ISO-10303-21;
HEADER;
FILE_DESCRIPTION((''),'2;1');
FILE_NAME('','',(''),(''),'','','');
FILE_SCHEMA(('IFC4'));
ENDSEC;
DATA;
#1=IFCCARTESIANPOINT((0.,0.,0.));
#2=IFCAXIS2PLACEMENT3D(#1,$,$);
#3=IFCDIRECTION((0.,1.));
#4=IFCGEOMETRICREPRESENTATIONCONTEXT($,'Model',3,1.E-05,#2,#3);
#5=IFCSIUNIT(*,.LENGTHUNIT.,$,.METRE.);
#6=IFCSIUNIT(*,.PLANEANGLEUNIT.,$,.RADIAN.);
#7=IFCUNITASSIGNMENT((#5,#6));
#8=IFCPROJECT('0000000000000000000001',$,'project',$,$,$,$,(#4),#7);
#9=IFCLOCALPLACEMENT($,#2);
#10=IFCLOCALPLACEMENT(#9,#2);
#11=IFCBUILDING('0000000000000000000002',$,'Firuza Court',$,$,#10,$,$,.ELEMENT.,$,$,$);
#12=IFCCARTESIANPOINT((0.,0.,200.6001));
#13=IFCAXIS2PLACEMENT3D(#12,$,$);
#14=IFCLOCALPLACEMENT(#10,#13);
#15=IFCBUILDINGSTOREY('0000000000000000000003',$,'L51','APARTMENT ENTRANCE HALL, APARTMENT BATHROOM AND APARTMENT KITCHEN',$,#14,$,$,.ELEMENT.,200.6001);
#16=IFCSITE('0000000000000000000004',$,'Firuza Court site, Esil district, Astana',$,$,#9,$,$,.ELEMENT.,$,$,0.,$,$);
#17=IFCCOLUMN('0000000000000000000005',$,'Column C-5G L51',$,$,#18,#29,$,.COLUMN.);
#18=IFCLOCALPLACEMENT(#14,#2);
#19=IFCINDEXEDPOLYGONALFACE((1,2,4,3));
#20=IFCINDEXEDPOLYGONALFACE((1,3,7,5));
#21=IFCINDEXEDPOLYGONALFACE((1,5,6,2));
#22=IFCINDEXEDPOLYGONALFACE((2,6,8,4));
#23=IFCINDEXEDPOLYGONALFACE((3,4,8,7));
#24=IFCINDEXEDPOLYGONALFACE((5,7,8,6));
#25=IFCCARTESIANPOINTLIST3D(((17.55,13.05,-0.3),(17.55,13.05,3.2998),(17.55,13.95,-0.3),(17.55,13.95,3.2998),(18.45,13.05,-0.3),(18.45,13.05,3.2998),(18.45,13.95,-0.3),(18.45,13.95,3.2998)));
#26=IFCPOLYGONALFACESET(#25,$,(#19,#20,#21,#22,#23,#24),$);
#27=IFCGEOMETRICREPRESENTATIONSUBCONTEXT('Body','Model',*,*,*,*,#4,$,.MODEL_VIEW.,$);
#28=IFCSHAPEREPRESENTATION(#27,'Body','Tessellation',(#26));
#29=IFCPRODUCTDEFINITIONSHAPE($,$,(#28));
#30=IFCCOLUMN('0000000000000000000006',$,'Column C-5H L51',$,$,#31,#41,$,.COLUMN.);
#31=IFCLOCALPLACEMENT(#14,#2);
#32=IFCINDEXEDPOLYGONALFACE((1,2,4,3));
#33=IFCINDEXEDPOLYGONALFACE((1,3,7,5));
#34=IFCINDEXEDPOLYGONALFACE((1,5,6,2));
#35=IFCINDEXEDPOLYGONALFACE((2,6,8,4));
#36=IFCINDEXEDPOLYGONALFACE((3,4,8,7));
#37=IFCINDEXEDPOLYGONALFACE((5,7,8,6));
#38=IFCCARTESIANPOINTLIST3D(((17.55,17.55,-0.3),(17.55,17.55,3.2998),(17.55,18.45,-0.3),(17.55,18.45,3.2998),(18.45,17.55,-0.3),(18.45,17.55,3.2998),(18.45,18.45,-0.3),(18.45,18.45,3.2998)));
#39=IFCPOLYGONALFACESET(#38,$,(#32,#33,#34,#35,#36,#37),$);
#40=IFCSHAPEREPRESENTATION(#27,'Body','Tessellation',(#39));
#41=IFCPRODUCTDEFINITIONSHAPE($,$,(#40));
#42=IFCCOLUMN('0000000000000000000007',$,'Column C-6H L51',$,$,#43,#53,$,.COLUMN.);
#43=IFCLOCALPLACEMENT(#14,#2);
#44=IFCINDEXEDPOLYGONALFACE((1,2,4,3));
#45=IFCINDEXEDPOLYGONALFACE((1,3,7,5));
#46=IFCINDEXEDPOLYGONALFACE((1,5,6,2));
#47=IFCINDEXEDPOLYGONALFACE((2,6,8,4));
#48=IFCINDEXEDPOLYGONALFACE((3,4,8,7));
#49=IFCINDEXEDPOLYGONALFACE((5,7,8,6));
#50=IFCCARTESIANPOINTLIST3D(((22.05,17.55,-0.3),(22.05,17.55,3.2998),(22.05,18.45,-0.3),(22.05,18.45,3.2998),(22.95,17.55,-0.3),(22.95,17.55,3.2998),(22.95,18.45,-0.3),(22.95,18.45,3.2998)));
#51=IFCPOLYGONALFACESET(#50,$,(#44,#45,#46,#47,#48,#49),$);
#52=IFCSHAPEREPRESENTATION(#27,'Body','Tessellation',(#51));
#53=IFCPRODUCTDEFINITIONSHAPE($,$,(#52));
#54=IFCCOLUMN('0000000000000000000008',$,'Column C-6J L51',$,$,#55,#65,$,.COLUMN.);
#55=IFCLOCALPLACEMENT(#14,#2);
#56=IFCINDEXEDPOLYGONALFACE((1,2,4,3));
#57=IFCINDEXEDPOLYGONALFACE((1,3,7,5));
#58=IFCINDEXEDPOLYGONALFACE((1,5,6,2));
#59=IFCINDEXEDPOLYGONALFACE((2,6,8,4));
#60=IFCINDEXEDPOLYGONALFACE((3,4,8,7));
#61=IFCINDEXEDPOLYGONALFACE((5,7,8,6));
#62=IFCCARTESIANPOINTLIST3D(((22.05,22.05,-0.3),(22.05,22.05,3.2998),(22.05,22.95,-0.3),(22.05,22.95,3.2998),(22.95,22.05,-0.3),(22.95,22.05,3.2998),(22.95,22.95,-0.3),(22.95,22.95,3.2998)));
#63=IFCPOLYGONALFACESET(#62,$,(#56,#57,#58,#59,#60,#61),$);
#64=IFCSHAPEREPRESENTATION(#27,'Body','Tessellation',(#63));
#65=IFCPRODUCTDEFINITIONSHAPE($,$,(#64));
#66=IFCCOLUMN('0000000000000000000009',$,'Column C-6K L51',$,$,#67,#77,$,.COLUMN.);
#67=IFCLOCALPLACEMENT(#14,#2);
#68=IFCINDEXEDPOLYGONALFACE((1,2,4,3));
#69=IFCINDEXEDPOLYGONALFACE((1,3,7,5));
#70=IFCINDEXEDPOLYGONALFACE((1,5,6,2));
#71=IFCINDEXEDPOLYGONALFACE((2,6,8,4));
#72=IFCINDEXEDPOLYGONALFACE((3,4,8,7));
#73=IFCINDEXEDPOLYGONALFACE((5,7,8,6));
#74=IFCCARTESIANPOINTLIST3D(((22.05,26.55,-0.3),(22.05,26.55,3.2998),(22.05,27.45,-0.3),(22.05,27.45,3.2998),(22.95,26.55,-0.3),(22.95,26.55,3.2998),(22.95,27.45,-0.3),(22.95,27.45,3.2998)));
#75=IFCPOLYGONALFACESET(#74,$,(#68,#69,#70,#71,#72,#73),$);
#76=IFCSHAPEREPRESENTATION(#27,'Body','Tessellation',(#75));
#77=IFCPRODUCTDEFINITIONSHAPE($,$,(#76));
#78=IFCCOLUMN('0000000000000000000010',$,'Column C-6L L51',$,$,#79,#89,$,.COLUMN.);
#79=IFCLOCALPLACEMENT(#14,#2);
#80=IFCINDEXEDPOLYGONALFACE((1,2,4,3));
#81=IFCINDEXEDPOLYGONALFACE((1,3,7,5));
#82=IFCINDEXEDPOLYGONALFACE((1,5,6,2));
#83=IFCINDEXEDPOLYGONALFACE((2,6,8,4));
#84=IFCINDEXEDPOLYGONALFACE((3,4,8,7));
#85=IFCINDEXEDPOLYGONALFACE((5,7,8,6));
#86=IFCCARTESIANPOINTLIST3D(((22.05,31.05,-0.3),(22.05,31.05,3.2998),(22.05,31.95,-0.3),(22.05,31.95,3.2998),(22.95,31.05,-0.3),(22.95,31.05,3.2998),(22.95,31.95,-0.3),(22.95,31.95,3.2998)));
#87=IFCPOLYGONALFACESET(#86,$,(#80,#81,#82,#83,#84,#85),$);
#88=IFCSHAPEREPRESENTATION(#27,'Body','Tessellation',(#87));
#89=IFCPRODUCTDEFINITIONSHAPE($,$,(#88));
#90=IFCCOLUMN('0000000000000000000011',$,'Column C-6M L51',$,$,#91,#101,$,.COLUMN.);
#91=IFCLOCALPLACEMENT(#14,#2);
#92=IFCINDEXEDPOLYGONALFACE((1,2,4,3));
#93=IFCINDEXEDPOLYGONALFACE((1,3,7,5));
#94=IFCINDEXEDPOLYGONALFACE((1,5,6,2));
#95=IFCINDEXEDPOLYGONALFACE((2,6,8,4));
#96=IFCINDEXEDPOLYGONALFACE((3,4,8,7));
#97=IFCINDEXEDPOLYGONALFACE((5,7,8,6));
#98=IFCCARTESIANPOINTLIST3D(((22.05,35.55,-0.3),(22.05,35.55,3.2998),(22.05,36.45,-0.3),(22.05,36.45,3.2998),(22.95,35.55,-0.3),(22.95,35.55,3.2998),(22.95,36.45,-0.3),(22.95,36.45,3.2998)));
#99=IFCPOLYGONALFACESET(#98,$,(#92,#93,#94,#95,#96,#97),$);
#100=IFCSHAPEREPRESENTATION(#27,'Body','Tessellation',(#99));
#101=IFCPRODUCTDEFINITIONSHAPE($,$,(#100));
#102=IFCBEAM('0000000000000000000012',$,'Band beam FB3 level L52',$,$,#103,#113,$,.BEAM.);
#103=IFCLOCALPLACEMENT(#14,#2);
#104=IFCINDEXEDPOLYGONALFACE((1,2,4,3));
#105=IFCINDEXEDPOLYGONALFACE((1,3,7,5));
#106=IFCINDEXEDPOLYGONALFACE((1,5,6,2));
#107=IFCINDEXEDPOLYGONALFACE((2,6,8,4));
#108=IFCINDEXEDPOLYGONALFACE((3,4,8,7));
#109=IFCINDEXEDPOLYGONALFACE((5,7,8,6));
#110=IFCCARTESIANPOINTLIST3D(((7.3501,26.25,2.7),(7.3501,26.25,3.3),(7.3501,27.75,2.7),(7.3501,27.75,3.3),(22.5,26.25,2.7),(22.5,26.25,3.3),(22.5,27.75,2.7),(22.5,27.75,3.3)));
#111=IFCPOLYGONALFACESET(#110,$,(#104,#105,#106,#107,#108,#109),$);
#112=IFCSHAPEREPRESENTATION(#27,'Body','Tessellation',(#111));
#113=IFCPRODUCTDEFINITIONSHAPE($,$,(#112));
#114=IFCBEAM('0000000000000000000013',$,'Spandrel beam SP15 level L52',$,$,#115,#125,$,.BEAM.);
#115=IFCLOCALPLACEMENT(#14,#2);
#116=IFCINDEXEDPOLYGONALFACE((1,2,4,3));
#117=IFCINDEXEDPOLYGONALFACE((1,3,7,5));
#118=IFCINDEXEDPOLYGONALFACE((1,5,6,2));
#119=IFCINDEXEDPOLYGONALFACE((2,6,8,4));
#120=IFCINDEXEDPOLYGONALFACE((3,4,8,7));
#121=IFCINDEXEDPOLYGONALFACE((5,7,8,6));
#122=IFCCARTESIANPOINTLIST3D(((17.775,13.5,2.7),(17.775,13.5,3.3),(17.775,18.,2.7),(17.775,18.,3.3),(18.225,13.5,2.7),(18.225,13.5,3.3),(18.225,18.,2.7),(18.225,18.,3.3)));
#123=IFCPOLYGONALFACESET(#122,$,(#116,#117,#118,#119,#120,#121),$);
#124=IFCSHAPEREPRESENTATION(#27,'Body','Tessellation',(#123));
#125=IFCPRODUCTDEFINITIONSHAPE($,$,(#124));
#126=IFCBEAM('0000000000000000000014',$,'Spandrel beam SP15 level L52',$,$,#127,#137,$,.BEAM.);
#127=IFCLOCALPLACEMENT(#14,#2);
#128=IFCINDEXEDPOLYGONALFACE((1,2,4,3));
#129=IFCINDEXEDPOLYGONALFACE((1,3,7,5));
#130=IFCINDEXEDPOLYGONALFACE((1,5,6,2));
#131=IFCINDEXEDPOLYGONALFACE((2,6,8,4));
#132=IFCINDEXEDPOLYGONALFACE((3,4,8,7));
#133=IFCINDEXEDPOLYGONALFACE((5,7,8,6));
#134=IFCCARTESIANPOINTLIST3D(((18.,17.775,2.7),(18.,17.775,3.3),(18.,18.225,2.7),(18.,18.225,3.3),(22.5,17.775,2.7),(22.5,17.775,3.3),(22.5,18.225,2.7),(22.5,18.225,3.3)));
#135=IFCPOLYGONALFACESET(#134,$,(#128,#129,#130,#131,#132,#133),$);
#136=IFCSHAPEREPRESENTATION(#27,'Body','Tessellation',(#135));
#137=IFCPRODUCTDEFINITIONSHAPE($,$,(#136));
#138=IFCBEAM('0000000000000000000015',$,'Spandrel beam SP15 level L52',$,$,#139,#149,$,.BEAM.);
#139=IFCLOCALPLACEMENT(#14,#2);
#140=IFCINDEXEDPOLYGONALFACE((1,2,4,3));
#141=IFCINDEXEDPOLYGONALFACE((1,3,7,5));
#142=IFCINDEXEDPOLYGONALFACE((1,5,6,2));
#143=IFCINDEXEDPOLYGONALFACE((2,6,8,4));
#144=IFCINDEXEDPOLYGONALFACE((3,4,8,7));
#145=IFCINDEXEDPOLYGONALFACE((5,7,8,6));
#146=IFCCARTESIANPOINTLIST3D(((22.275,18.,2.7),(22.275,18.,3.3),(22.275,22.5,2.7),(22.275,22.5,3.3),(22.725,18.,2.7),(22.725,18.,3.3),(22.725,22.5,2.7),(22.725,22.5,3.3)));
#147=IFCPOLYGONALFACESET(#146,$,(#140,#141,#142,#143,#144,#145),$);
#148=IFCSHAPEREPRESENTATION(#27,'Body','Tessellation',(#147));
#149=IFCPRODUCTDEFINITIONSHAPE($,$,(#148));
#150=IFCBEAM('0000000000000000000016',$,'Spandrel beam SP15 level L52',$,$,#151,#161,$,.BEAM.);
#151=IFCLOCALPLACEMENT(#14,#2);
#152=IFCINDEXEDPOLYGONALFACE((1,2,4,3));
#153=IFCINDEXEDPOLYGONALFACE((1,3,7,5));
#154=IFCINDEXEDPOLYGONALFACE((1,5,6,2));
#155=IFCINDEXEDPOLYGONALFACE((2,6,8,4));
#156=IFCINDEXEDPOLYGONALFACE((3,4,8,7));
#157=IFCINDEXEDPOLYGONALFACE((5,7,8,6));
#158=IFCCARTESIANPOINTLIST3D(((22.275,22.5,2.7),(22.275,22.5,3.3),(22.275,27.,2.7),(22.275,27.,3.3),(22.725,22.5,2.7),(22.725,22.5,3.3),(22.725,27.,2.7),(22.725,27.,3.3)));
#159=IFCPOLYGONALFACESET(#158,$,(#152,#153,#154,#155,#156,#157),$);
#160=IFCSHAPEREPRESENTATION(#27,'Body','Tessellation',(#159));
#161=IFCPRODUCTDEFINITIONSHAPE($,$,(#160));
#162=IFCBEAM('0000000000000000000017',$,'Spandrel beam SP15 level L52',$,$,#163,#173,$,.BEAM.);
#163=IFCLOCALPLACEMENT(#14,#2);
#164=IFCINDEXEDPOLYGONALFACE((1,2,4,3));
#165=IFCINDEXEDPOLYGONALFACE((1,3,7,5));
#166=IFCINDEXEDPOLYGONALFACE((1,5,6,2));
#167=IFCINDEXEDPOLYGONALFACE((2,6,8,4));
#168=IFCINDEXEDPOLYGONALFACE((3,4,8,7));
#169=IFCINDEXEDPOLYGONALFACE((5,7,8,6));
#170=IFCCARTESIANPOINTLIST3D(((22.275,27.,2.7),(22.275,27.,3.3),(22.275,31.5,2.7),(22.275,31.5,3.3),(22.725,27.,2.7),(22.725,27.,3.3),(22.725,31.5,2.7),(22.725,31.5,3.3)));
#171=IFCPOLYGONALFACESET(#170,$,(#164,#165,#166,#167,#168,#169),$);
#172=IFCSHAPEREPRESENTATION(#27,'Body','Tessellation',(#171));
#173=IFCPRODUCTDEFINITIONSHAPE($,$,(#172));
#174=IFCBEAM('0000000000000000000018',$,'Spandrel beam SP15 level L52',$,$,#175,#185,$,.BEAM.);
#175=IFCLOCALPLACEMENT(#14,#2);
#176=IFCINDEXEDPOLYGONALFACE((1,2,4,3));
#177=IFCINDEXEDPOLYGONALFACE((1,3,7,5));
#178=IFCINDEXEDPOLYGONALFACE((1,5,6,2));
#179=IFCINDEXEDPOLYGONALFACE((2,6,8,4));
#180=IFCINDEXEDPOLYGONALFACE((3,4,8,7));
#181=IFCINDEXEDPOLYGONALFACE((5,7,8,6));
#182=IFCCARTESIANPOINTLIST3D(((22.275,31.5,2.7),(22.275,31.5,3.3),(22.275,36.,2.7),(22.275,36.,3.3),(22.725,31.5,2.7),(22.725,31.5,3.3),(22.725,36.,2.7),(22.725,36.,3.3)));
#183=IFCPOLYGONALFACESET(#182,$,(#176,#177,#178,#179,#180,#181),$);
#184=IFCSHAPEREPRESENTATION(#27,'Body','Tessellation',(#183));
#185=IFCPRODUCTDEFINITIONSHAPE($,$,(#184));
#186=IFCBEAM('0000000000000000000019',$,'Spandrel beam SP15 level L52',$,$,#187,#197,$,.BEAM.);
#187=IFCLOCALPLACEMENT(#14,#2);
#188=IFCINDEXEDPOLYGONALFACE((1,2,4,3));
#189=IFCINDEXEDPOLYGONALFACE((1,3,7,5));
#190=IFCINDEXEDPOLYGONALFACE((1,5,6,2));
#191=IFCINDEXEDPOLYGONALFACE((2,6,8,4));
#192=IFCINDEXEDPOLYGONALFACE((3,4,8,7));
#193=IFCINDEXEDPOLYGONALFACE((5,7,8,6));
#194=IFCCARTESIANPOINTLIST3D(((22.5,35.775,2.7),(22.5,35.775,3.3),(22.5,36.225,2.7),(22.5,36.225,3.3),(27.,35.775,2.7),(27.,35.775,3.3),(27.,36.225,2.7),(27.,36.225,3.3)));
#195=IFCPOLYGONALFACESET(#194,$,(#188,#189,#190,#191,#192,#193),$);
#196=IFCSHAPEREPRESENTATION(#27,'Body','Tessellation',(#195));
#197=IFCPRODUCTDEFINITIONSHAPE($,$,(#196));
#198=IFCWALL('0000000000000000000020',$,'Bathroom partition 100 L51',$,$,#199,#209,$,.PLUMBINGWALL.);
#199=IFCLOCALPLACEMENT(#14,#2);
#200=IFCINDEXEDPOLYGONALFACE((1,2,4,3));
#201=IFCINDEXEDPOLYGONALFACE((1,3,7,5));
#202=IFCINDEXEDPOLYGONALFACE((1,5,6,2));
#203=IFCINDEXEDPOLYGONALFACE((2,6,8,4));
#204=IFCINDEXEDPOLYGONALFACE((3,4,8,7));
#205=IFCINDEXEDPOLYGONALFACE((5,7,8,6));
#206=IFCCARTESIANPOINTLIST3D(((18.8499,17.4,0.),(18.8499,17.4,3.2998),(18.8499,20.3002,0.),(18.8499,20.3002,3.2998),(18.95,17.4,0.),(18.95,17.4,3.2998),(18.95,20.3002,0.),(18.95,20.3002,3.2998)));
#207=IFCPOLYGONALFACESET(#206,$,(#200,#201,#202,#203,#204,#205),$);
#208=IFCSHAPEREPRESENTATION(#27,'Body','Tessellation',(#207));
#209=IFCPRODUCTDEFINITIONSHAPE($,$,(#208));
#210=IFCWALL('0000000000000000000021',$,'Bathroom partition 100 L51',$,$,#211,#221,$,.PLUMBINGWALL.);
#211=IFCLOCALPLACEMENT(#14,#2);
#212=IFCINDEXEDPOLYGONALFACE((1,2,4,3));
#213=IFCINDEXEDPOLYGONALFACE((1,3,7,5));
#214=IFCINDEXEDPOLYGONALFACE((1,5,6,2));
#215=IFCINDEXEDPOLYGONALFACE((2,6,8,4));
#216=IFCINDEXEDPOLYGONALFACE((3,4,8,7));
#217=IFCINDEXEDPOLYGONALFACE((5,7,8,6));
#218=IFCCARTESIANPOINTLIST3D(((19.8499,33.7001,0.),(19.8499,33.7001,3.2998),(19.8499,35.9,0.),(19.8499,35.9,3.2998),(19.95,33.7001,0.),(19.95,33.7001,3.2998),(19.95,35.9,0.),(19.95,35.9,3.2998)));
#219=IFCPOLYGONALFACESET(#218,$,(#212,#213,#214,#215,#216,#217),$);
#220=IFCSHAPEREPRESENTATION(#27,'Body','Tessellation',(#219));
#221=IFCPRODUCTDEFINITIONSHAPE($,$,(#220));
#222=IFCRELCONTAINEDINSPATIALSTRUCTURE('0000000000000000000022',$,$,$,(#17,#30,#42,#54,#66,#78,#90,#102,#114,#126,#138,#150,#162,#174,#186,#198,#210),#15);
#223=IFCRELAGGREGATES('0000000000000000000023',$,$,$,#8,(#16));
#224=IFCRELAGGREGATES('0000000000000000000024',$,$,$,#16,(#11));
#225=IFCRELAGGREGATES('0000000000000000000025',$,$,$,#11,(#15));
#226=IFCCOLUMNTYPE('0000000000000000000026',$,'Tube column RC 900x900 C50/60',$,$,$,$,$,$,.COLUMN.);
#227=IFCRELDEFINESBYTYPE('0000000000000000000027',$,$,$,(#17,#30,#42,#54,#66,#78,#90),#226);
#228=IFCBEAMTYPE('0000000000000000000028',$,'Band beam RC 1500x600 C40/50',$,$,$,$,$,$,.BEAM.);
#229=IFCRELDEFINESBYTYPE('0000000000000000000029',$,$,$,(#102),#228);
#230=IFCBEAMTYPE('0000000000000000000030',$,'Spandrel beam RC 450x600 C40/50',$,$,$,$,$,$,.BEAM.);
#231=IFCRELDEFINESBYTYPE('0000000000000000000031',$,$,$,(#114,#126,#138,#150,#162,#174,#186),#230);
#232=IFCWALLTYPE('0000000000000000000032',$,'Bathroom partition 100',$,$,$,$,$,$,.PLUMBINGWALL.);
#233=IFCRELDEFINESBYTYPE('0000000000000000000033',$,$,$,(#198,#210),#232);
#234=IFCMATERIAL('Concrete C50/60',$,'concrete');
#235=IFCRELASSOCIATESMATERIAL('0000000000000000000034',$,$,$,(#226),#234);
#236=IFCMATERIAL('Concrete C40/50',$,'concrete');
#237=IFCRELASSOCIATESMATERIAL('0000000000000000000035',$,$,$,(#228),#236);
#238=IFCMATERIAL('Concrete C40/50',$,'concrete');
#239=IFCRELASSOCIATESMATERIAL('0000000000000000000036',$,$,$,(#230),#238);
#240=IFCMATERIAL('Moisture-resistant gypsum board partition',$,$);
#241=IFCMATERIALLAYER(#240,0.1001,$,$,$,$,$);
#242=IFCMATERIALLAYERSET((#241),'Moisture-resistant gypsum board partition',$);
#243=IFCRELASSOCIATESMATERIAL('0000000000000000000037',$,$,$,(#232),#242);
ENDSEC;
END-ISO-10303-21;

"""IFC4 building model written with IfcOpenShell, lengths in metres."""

from ifc_helpers import new_model, si_unit, direction, frame, frame_2d, origin, origin_2d, place, context, subcontext, project, spatial, rectangle, extrude, material, layer, layer_set, material_profile, profile_set, type_object, element, save


model = new_model("IFC4")

# Units and contexts
model_context = context("Model", 3, precision=1e-05, world=origin(), true_north=direction((0.0, 1.0)))
body_context = subcontext(model_context, "Body", "Model", "MODEL_VIEW")
ifc_project = project(units=[si_unit("LENGTHUNIT", "METRE"), si_unit("PLANEANGLEUNIT", "RADIAN")], contexts=[model_context])

# Site, building, storey
site_placement = place(None, origin())
site = spatial("IfcSite", under=ifc_project, at=site_placement, Name="Firuza Court site, Esil district, Astana", CompositionType="ELEMENT", RefElevation=0.0)
building_placement = place(site_placement, origin())
building = spatial("IfcBuilding", under=site, at=building_placement, Name="Firuza Court", CompositionType="ELEMENT")
storey_placement = place(building_placement, frame((0.0, 0.0, 200.6001)))
storey = spatial("IfcBuildingStorey", under=building, at=storey_placement, Name="L51", Description="APARTMENT ENTRANCE HALL, APARTMENT BATHROOM AND APARTMENT KITCHEN", CompositionType="ELEMENT", Elevation=200.6001)

# Columns
ifc_material_1 = material(Name="Concrete C50/60", Category="concrete")
ifc_material_profile_1 = material_profile(ifc_material_1, rectangle(XDim=0.8999, YDim=0.8999, at=origin_2d()), Name="RC 900x900")
ifc_profile_set_1 = profile_set([ifc_material_profile_1], Name="Concrete C50/60")
column_type = type_object("IfcColumnType", Name="Tube column RC 900x900 C50/60", PredefinedType="COLUMN", material=ifc_profile_set_1)
for number, where, z_axis, x_axis, name in (
    (1, (18.0, 13.5, -0.3), (0.0, 0.0, 1.0), (1.0, 0.0, 0.0), "Column C-5G L51"),
    (2, (18.0, 18.0, -0.3), (0.0, 0.0, 1.0), (1.0, 0.0, 0.0), "Column C-5H L51"),
    (3, (22.5, 18.0, -0.3), (0.0, 0.0, 1.0), (1.0, 0.0, 0.0), "Column C-6H L51"),
    (4, (22.5, 22.5, -0.3), (0.0, 0.0, 1.0), (1.0, 0.0, 0.0), "Column C-6J L51"),
    (5, (22.5, 27.0, -0.3), (0.0, 0.0, 1.0), (1.0, 0.0, 0.0), "Column C-6K L51"),
    (6, (22.5, 31.5, -0.3), (0.0, 0.0, 1.0), (1.0, 0.0, 0.0), "Column C-6L L51"),
    (7, (22.5, 36.0, -0.3), (0.0, 0.0, 1.0), (1.0, 0.0, 0.0), "Column C-6M L51"),
):
    element("IfcColumn", number, at=place(storey_placement, frame(where, z_axis=z_axis, x_axis=x_axis)), inside=storey, type_object=column_type, Name=name, PredefinedType="COLUMN", context=body_context, shape_type="SweptSolid", body=[
        extrude(rectangle(XDim=0.8999, YDim=0.8999, at=origin_2d()), origin(), (0.0, 0.0, 1.0), 3.5999),
    ])

# Beams
ifc_material_2 = material(Name="Concrete C40/50", Category="concrete")
ifc_material_profile_2 = material_profile(ifc_material_2, rectangle(XDim=1.5, YDim=0.6001, at=origin_2d()), Name="RC 1500x600")
ifc_profile_set_2 = profile_set([ifc_material_profile_2], Name="Concrete C40/50")
beam_type_1 = type_object("IfcBeamType", Name="Band beam RC 1500x600 C40/50", PredefinedType="BEAM", material=ifc_profile_set_2)
beam_placement = place(storey_placement, frame((22.5, 27.0, 3.0), z_axis=(-1.0, 0.0, 0.0), x_axis=(0.0, -1.0, 0.0)))
element("IfcBeam", 8, at=beam_placement, inside=storey, type_object=beam_type_1, Name="Band beam FB3 level L52", PredefinedType="BEAM", context=body_context, shape_type="SweptSolid", body=[
    extrude(rectangle(XDim=1.5, YDim=0.6001, at=origin_2d()), origin(), (0.0, 0.0, 1.0), 15.1499),
])
ifc_material_3 = material(Name="Concrete C40/50", Category="concrete")
ifc_material_profile_3 = material_profile(ifc_material_3, rectangle(XDim=0.45, YDim=0.6001, at=origin_2d()), Name="RC 450x600")
ifc_profile_set_3 = profile_set([ifc_material_profile_3], Name="Concrete C40/50")
beam_type_2 = type_object("IfcBeamType", Name="Spandrel beam RC 450x600 C40/50", PredefinedType="BEAM", material=ifc_profile_set_3)
for number, where, z_axis, x_axis, name in (
    (9, (18.0, 13.5, 3.0), (0.0, 1.0, 0.0), (-1.0, 0.0, 0.0), "Spandrel beam SP15 level L52"),
    (10, (18.0, 18.0, 3.0), (1.0, 0.0, 0.0), (0.0, 1.0, 0.0), "Spandrel beam SP15 level L52"),
    (11, (22.5, 18.0, 3.0), (0.0, 1.0, 0.0), (-1.0, 0.0, 0.0), "Spandrel beam SP15 level L52"),
    (12, (22.5, 22.5, 3.0), (0.0, 1.0, 0.0), (-1.0, 0.0, 0.0), "Spandrel beam SP15 level L52"),
    (13, (22.5, 27.0, 3.0), (0.0, 1.0, 0.0), (-1.0, 0.0, 0.0), "Spandrel beam SP15 level L52"),
    (14, (22.5, 31.5, 3.0), (0.0, 1.0, 0.0), (-1.0, 0.0, 0.0), "Spandrel beam SP15 level L52"),
    (15, (22.5, 36.0, 3.0), (1.0, 0.0, 0.0), (0.0, 1.0, 0.0), "Spandrel beam SP15 level L52"),
):
    element("IfcBeam", number, at=place(storey_placement, frame(where, z_axis=z_axis, x_axis=x_axis)), inside=storey, type_object=beam_type_2, Name=name, PredefinedType="BEAM", context=body_context, shape_type="SweptSolid", body=[
        extrude(rectangle(XDim=0.45, YDim=0.6001, at=origin_2d()), origin(), (0.0, 0.0, 1.0), 4.5),
    ])

# Walls
ifc_material_4 = material(Name="Moisture-resistant gypsum board partition")
ifc_layer_1 = layer(ifc_material_4, 0.1001)
ifc_layer_set_1 = layer_set([ifc_layer_1], Name="Moisture-resistant gypsum board partition")
wall_type_1 = type_object("IfcWallType", Name="Bathroom partition 100", PredefinedType="PLUMBINGWALL", material=ifc_layer_set_1)
wall_1_placement = place(storey_placement, frame((18.8999, 17.3999, 0.0), z_axis=(0.0, 0.0, 1.0), x_axis=(0.0, 1.0, 0.0)))
element("IfcWall", 16, at=wall_1_placement, inside=storey, type_object=wall_type_1, Name="Bathroom partition 100 L51", PredefinedType="PLUMBINGWALL", context=body_context, shape_type="SweptSolid", body=[
    extrude(rectangle(XDim=2.9001, YDim=0.1001, at=frame_2d((1.4502, 0.0))), origin(), (0.0, 0.0, 1.0), 3.2998),
])
wall_2_placement = place(storey_placement, frame((19.8999, 33.7, 0.0), z_axis=(0.0, 0.0, 1.0), x_axis=(0.0, 1.0, 0.0)))
element("IfcWall", 17, at=wall_2_placement, inside=storey, type_object=wall_type_1, Name="Bathroom partition 100 L51", PredefinedType="PLUMBINGWALL", context=body_context, shape_type="SweptSolid", body=[
    extrude(rectangle(XDim=2.2, YDim=0.1001, at=frame_2d((1.1001, 0.0))), origin(), (0.0, 0.0, 1.0), 3.2998),
])

save(model, "model.ifc")
